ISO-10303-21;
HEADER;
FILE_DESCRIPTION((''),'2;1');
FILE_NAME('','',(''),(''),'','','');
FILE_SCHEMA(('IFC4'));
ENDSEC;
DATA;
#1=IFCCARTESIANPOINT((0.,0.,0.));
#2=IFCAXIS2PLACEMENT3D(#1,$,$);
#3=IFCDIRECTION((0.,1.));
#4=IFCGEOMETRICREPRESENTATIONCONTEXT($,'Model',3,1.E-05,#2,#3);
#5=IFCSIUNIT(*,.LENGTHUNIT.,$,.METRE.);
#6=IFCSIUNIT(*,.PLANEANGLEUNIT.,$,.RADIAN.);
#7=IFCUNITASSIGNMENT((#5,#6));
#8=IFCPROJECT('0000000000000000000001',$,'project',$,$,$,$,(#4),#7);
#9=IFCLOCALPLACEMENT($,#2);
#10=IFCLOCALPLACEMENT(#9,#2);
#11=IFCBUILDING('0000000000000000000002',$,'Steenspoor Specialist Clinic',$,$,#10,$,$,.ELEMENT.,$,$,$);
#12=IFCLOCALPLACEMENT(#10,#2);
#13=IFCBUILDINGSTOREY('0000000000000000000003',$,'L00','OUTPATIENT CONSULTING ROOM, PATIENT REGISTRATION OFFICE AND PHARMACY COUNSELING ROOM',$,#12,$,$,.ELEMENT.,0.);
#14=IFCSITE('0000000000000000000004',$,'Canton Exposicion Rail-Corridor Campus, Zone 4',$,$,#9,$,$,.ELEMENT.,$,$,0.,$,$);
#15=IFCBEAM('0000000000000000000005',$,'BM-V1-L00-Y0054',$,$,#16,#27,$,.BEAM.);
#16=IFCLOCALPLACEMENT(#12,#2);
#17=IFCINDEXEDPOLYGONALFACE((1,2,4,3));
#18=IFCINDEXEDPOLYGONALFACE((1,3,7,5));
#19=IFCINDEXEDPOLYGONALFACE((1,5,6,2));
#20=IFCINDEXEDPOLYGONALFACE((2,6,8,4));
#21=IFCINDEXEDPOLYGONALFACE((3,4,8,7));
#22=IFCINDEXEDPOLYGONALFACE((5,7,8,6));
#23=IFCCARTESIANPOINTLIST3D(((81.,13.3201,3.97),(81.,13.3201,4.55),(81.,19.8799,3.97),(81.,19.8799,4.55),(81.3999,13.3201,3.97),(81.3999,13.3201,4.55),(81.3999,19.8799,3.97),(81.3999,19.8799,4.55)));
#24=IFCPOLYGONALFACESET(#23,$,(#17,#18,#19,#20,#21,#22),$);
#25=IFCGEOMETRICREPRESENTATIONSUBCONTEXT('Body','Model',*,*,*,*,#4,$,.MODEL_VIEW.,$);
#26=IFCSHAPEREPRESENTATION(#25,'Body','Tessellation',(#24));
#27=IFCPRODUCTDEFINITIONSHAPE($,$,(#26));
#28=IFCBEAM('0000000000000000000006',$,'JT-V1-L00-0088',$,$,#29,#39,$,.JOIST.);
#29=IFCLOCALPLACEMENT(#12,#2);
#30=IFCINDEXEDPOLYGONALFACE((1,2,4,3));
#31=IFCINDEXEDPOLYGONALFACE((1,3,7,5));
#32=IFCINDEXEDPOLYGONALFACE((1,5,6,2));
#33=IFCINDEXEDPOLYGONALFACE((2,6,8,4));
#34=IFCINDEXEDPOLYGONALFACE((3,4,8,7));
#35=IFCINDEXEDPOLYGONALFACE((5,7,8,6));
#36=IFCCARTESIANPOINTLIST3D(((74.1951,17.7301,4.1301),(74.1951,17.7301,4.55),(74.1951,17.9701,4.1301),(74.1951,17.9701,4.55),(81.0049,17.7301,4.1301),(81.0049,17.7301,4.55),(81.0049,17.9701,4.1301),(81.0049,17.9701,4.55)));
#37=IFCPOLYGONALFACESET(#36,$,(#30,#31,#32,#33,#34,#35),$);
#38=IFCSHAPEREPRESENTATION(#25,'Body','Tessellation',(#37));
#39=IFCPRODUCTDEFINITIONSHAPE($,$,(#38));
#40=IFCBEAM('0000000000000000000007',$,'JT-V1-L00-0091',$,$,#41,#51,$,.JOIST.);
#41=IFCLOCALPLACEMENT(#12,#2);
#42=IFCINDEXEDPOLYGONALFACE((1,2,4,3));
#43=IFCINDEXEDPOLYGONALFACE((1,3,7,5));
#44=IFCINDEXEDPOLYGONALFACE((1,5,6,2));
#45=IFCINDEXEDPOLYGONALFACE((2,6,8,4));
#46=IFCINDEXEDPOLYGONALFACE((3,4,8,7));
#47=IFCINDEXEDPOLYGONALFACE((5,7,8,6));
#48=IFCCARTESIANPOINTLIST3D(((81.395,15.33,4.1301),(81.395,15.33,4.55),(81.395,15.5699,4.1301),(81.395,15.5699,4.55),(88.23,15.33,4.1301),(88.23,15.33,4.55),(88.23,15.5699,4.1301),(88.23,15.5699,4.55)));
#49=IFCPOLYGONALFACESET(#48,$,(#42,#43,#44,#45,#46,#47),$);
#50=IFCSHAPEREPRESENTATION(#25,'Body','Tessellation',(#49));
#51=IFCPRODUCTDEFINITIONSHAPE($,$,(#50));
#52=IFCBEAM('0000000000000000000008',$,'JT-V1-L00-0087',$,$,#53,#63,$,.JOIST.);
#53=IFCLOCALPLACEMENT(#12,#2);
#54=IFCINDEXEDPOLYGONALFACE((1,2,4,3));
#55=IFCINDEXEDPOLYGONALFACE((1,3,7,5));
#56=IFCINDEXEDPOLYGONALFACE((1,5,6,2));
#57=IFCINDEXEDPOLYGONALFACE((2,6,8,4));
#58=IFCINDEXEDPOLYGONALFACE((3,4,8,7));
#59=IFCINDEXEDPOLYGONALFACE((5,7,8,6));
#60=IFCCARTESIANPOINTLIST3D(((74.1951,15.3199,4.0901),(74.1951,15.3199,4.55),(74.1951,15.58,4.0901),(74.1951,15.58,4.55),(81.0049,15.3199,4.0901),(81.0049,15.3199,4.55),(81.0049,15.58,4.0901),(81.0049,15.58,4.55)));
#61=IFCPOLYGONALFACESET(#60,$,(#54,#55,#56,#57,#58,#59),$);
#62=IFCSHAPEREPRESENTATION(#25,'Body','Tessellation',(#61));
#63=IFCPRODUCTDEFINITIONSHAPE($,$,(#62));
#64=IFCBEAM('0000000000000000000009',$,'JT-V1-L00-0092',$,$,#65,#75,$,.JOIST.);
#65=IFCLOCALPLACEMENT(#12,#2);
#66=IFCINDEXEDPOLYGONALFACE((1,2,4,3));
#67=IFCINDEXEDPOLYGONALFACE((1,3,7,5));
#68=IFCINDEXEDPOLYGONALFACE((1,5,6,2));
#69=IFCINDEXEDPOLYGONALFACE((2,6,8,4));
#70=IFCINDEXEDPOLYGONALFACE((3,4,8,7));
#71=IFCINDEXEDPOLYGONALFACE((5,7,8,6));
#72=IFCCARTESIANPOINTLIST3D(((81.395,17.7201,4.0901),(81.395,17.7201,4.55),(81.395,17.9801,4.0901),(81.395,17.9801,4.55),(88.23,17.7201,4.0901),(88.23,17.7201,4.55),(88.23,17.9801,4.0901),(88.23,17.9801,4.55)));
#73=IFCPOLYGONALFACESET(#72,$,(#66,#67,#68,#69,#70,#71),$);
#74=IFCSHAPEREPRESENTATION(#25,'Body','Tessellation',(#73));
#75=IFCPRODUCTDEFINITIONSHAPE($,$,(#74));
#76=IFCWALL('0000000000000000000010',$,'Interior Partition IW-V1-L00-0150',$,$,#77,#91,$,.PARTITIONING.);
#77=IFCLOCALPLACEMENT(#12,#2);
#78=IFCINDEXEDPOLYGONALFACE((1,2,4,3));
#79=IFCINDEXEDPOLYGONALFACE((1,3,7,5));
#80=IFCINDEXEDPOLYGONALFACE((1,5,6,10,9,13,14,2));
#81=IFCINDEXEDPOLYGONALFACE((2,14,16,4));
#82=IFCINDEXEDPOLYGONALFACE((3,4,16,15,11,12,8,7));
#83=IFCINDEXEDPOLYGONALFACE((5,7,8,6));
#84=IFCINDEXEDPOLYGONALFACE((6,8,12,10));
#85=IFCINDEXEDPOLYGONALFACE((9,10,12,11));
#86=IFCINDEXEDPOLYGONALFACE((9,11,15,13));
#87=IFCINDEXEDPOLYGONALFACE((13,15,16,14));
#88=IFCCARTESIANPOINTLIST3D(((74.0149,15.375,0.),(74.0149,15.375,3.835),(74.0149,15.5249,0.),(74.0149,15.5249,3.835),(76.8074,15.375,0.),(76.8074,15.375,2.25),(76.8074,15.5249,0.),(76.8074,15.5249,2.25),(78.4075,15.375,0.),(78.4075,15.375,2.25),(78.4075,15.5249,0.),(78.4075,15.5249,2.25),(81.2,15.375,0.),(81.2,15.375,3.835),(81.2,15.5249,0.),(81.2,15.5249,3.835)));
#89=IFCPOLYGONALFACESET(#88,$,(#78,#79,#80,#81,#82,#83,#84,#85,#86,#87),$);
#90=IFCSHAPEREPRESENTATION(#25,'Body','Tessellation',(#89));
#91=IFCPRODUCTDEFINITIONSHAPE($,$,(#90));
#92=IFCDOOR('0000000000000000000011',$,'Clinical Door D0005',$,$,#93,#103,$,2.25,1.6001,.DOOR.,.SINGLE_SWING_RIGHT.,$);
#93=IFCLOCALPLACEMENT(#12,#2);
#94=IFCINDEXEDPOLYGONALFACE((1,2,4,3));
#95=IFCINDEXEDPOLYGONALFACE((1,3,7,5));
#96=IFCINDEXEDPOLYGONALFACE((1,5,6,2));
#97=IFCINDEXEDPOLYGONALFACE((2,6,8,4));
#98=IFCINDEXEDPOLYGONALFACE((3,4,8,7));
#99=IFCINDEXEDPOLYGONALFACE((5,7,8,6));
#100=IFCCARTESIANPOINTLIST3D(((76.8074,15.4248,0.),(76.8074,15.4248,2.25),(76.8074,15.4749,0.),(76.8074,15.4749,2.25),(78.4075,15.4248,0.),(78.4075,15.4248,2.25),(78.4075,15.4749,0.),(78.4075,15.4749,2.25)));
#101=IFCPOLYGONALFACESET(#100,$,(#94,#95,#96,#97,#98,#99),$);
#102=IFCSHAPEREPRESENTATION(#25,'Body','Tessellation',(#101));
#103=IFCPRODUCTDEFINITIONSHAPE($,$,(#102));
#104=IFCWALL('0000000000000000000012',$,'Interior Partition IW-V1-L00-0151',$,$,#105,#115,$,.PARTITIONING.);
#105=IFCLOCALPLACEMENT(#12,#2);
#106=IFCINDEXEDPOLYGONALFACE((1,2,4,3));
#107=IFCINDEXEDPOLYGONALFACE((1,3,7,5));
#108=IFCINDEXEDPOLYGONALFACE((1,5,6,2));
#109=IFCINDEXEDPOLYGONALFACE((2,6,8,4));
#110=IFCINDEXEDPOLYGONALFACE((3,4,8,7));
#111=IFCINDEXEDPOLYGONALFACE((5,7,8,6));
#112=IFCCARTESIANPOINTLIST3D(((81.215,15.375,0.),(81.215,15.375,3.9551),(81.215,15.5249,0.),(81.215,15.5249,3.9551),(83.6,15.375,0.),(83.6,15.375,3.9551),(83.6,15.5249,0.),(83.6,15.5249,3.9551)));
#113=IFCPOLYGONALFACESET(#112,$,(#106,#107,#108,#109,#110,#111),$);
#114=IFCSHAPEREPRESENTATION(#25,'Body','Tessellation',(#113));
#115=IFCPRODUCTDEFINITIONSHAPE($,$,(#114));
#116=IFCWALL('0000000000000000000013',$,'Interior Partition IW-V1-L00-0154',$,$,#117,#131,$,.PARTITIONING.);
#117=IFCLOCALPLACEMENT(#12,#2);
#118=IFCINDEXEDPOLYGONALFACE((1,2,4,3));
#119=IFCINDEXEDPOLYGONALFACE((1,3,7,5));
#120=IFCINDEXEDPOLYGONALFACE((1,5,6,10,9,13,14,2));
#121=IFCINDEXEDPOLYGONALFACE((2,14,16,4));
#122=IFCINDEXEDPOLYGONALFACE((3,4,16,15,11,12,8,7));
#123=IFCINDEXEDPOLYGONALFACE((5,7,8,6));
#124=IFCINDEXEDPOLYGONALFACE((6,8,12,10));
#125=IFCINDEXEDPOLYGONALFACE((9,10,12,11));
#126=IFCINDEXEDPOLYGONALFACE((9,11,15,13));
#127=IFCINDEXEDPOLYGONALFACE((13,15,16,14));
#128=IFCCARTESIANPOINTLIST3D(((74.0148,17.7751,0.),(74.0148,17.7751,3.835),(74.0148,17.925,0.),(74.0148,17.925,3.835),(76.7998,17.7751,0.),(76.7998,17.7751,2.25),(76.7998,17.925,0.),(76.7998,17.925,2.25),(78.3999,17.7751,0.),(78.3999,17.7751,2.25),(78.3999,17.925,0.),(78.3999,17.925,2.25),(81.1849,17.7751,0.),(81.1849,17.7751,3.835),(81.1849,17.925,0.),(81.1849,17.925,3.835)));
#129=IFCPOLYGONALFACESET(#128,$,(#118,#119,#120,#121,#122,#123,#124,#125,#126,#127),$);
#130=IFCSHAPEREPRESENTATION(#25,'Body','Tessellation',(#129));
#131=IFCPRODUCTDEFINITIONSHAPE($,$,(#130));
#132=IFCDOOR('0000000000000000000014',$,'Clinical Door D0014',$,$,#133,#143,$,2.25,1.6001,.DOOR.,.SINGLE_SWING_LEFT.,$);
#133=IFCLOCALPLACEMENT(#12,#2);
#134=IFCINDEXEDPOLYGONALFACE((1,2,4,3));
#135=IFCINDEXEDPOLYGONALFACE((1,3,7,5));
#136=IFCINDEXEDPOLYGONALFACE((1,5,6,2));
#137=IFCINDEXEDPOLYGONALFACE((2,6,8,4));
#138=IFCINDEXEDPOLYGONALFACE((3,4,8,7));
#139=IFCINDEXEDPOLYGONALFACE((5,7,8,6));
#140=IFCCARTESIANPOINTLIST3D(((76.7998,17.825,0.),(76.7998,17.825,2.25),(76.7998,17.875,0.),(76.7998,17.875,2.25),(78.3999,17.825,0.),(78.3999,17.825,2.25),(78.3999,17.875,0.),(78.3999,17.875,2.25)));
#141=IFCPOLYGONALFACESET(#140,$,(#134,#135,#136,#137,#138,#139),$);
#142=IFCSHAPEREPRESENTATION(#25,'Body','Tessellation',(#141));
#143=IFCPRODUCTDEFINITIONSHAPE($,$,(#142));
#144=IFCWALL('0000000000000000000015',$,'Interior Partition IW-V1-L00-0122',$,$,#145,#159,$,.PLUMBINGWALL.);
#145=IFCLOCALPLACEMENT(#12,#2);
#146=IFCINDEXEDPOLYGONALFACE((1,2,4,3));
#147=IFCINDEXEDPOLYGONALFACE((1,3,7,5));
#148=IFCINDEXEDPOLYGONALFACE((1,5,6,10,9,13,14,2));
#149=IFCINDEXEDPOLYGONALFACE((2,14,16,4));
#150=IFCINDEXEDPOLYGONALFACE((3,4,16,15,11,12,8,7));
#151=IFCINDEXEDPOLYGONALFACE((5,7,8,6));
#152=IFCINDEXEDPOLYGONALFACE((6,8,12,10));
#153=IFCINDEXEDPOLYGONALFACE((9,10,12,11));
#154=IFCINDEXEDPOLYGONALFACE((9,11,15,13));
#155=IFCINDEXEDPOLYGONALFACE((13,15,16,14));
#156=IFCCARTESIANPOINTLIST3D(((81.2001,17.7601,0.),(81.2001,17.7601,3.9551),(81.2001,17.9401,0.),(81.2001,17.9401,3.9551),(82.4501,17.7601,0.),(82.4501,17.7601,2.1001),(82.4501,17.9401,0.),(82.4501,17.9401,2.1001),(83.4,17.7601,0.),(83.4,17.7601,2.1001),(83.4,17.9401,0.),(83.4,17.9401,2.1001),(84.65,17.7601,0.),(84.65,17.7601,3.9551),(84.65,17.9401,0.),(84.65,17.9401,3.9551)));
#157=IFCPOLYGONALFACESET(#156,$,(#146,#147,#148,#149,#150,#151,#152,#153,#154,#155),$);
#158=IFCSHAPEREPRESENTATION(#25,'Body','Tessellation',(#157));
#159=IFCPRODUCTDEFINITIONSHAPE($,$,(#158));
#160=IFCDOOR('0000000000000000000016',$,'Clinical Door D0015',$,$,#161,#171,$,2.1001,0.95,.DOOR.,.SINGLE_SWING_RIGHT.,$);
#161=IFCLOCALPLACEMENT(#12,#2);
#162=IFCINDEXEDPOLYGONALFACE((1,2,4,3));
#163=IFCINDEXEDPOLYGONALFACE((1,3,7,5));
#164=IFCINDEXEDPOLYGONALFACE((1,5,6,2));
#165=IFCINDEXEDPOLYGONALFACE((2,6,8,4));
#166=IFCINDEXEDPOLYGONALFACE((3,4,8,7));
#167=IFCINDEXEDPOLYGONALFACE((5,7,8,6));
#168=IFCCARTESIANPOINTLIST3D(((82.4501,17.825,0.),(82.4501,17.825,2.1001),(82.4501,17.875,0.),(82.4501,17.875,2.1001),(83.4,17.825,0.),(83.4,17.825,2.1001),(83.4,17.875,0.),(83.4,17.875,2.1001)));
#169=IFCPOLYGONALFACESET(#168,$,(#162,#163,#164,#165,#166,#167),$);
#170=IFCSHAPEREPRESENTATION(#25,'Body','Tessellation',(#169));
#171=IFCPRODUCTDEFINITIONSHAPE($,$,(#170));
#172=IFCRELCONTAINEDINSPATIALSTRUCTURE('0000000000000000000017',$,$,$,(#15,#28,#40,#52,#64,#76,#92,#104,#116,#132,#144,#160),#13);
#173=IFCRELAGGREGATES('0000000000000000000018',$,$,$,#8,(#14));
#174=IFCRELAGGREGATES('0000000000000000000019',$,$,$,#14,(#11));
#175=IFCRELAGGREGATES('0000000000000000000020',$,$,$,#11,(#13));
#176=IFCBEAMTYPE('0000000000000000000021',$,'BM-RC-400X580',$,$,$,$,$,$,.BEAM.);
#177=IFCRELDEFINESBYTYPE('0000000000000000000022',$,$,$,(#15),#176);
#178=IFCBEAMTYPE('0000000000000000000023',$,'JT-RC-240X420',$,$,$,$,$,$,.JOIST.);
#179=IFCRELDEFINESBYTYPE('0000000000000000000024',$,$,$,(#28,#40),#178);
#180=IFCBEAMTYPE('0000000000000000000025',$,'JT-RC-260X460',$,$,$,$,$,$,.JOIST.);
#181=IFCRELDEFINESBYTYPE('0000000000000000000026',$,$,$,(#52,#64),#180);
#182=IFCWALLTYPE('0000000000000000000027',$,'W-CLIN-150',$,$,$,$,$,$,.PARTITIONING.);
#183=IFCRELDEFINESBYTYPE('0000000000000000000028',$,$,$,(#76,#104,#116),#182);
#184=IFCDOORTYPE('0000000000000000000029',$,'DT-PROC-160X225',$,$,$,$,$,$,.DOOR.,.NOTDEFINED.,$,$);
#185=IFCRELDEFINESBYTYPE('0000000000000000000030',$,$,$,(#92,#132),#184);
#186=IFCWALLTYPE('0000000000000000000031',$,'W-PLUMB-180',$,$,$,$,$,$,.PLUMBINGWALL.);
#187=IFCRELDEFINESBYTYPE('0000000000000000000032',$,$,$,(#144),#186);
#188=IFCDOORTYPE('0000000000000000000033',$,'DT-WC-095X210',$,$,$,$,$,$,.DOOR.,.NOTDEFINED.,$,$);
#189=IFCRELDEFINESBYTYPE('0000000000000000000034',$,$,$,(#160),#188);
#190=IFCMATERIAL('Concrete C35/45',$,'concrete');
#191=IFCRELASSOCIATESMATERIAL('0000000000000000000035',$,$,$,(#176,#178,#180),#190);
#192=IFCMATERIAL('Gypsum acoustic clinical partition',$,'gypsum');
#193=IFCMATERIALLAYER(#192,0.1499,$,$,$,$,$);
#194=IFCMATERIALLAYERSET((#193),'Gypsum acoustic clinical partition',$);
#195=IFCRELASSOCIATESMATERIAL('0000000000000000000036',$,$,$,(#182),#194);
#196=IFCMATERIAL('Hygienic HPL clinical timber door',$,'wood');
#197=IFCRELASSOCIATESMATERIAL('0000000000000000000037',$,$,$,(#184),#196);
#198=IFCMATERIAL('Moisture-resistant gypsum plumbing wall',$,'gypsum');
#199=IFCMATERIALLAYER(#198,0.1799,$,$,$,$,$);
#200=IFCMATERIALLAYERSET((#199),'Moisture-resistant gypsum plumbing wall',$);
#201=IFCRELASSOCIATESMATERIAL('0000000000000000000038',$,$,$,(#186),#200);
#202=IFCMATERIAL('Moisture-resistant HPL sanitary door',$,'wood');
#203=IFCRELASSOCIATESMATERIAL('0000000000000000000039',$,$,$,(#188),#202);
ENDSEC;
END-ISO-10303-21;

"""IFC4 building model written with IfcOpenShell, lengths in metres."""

from ifc_helpers import new_model, si_unit, direction, frame, frame_2d, origin, origin_2d, place, context, subcontext, project, spatial, rectangle, extrude, material, layer, layer_set, material_profile, profile_set, type_object, element, fill, save


model = new_model("IFC4")

# Units and contexts
model_context = context("Model", 3, precision=1e-05, world=origin(), true_north=direction((0.0, 1.0)))
body_context = subcontext(model_context, "Body", "Model", "MODEL_VIEW")
ifc_project = project(units=[si_unit("LENGTHUNIT", "METRE"), si_unit("PLANEANGLEUNIT", "RADIAN")], contexts=[model_context])

# Site, building, storey
site_placement = place(None, origin())
site = spatial("IfcSite", under=ifc_project, at=site_placement, Name="Canton Exposicion Rail-Corridor Campus, Zone 4", CompositionType="ELEMENT", RefElevation=0.0)
building_placement = place(site_placement, origin())
building = spatial("IfcBuilding", under=site, at=building_placement, Name="Steenspoor Specialist Clinic", CompositionType="ELEMENT")
storey_placement = place(building_placement, origin())
storey = spatial("IfcBuildingStorey", under=building, at=storey_placement, Name="L00", Description="OUTPATIENT CONSULTING ROOM, PATIENT REGISTRATION OFFICE AND PHARMACY COUNSELING ROOM", CompositionType="ELEMENT", Elevation=0.0)

# Shared definitions
ifc_material_1 = material(Name="Concrete C35/45", Category="concrete")

# Beams
ifc_material_profile_1 = material_profile(ifc_material_1, rectangle(XDim=0.3999, YDim=0.5801, at=origin_2d()), Name="RC-BM-400X580")
ifc_profile_set_1 = profile_set([ifc_material_profile_1], Name="Concrete C35/45")
beam_type_1 = type_object("IfcBeamType", Name="BM-RC-400X580", PredefinedType="BEAM", material=ifc_profile_set_1)
beam_1_placement = place(storey_placement, frame((81.2, 13.3201, 4.26), z_axis=(0.0, 1.0, 0.0), x_axis=(-1.0, 0.0, 0.0)))
element("IfcBeam", 1, at=beam_1_placement, inside=storey, type_object=beam_type_1, Name="BM-V1-L00-Y0054", PredefinedType="BEAM", context=body_context, shape_type="SweptSolid", body=[
    extrude(rectangle(XDim=0.3999, YDim=0.5801, at=origin_2d()), origin(), (0.0, 0.0, 1.0), 6.5598),
])
ifc_material_profile_2 = material_profile(ifc_material_1, rectangle(XDim=0.24, YDim=0.4199, at=origin_2d()), Name="RC-JT-240X420")
ifc_profile_set_2 = profile_set([ifc_material_profile_2], Name="Concrete C35/45")
beam_type_2 = type_object("IfcBeamType", Name="JT-RC-240X420", PredefinedType="JOIST", material=ifc_profile_set_2)
beam_2_placement = place(storey_placement, frame((74.1951, 17.8501, 4.3401), z_axis=(1.0, 0.0, 0.0), x_axis=(0.0, 1.0, 0.0)))
element("IfcBeam", 2, at=beam_2_placement, inside=storey, type_object=beam_type_2, Name="JT-V1-L00-0088", PredefinedType="JOIST", context=body_context, shape_type="SweptSolid", body=[
    extrude(rectangle(XDim=0.24, YDim=0.4199, at=origin_2d()), origin(), (0.0, 0.0, 1.0), 6.8098),
])
beam_3_placement = place(storey_placement, frame((81.395, 15.45, 4.3401), z_axis=(1.0, 0.0, 0.0), x_axis=(0.0, 1.0, 0.0)))
element("IfcBeam", 3, at=beam_3_placement, inside=storey, type_object=beam_type_2, Name="JT-V1-L00-0091", PredefinedType="JOIST", context=body_context, shape_type="SweptSolid", body=[
    extrude(rectangle(XDim=0.24, YDim=0.4199, at=origin_2d()), origin(), (0.0, 0.0, 1.0), 6.835),
])
ifc_material_profile_3 = material_profile(ifc_material_1, rectangle(XDim=0.26, YDim=0.46, at=origin_2d()), Name="RC-JT-260X460")
ifc_profile_set_3 = profile_set([ifc_material_profile_3], Name="Concrete C35/45")
beam_type_3 = type_object("IfcBeamType", Name="JT-RC-260X460", PredefinedType="JOIST", material=ifc_profile_set_3)
beam_4_placement = place(storey_placement, frame((74.1951, 15.45, 4.3201), z_axis=(1.0, 0.0, 0.0), x_axis=(0.0, 1.0, 0.0)))
element("IfcBeam", 4, at=beam_4_placement, inside=storey, type_object=beam_type_3, Name="JT-V1-L00-0087", PredefinedType="JOIST", context=body_context, shape_type="SweptSolid", body=[
    extrude(rectangle(XDim=0.26, YDim=0.46, at=origin_2d()), origin(), (0.0, 0.0, 1.0), 6.8098),
])
beam_5_placement = place(storey_placement, frame((81.395, 17.8501, 4.3201), z_axis=(1.0, 0.0, 0.0), x_axis=(0.0, 1.0, 0.0)))
element("IfcBeam", 5, at=beam_5_placement, inside=storey, type_object=beam_type_3, Name="JT-V1-L00-0092", PredefinedType="JOIST", context=body_context, shape_type="SweptSolid", body=[
    extrude(rectangle(XDim=0.26, YDim=0.46, at=origin_2d()), origin(), (0.0, 0.0, 1.0), 6.835),
])

# Wall, opening, door
ifc_material_2 = material(Name="Gypsum acoustic clinical partition", Category="gypsum")
ifc_layer_1 = layer(ifc_material_2, 0.1499)
ifc_layer_set_1 = layer_set([ifc_layer_1], Name="Gypsum acoustic clinical partition")
wall_type_1 = type_object("IfcWallType", Name="W-CLIN-150", PredefinedType="PARTITIONING", material=ifc_layer_set_1)
wall_1_placement = place(storey_placement, frame((74.0149, 15.45, 0.0), z_axis=(0.0, 0.0, 1.0), x_axis=(1.0, 0.0, 0.0)))
wall_1 = element("IfcWall", 6, at=wall_1_placement, inside=storey, type_object=wall_type_1, Name="Interior Partition IW-V1-L00-0150", PredefinedType="PARTITIONING", context=body_context, shape_type="SweptSolid", body=[
    extrude(rectangle(XDim=7.1851, YDim=0.1499, at=frame_2d((3.5925, 0.0))), origin(), (0.0, 0.0, 1.0), 3.835),
])
opening_1_placement = place(wall_1_placement, frame((2.7925, 0.0, 0.0)))
opening_1 = element("IfcOpeningElement", 7, at=opening_1_placement, cuts=wall_1, PredefinedType="OPENING", context=body_context, shape_type="SweptSolid", body=[
    extrude(rectangle(XDim=1.6001, YDim=2.25, at=frame_2d((0.8, 1.125))), frame((0.0, 0.085, 0.0), z_axis=(0.0, -1.0, 0.0), x_axis=(1.0, 0.0, 0.0)), (0.0, 0.0, 1.0), 0.1699),
])
ifc_material_3 = material(Name="Hygienic HPL clinical timber door", Category="wood")
door_type_1 = type_object("IfcDoorType", Name="DT-PROC-160X225", OperationType="NOTDEFINED", PredefinedType="DOOR", material=ifc_material_3)
door_1_placement = place(opening_1_placement, origin())
door_1 = element("IfcDoor", 8, at=door_1_placement, inside=storey, type_object=door_type_1, Name="Clinical Door D0005", OperationType="SINGLE_SWING_RIGHT", OverallHeight=2.25, OverallWidth=1.6001, PredefinedType="DOOR", context=body_context, shape_type="SweptSolid", body=[
    extrude(rectangle(XDim=1.6001, YDim=2.25, at=frame_2d((0.8, 1.125))), frame((0.0, 0.0249, 0.0), z_axis=(0.0, -1.0, 0.0), x_axis=(1.0, 0.0, 0.0)), (0.0, 0.0, 1.0), 0.05),
])
fill(opening_1, door_1)

# Wall
wall_2_placement = place(storey_placement, frame((81.2151, 15.45, 0.0), z_axis=(0.0, 0.0, 1.0), x_axis=(1.0, 0.0, 0.0)))
element("IfcWall", 9, at=wall_2_placement, inside=storey, type_object=wall_type_1, Name="Interior Partition IW-V1-L00-0151", PredefinedType="PARTITIONING", context=body_context, shape_type="SweptSolid", body=[
    extrude(rectangle(XDim=2.385, YDim=0.1499, at=frame_2d((1.1924, 0.0))), origin(), (0.0, 0.0, 1.0), 3.9551),
])

# Walls, openings, doors
wall_3_placement = place(storey_placement, frame((74.0149, 17.8501, 0.0), z_axis=(0.0, 0.0, 1.0), x_axis=(1.0, 0.0, 0.0)))
wall_3 = element("IfcWall", 10, at=wall_3_placement, inside=storey, type_object=wall_type_1, Name="Interior Partition IW-V1-L00-0154", PredefinedType="PARTITIONING", context=body_context, shape_type="SweptSolid", body=[
    extrude(rectangle(XDim=7.1702, YDim=0.1499, at=frame_2d((3.585, 0.0))), origin(), (0.0, 0.0, 1.0), 3.835),
])
opening_2_placement = place(wall_3_placement, frame((2.7849, 0.0, 0.0)))
opening_2 = element("IfcOpeningElement", 11, at=opening_2_placement, cuts=wall_3, PredefinedType="OPENING", context=body_context, shape_type="SweptSolid", body=[
    extrude(rectangle(XDim=1.6001, YDim=2.25, at=frame_2d((0.8, 1.125))), frame((0.0, 0.085, 0.0), z_axis=(0.0, -1.0, 0.0), x_axis=(1.0, 0.0, 0.0)), (0.0, 0.0, 1.0), 0.1699),
])
door_2_placement = place(opening_2_placement, origin())
door_2 = element("IfcDoor", 12, at=door_2_placement, inside=storey, type_object=door_type_1, Name="Clinical Door D0014", OperationType="SINGLE_SWING_LEFT", OverallHeight=2.25, OverallWidth=1.6001, PredefinedType="DOOR", context=body_context, shape_type="SweptSolid", body=[
    extrude(rectangle(XDim=1.6001, YDim=2.25, at=frame_2d((0.8, 1.125))), frame((0.0, 0.0249, 0.0), z_axis=(0.0, -1.0, 0.0), x_axis=(1.0, 0.0, 0.0)), (0.0, 0.0, 1.0), 0.05),
])
fill(opening_2, door_2)
ifc_material_4 = material(Name="Moisture-resistant gypsum plumbing wall", Category="gypsum")
ifc_layer_2 = layer(ifc_material_4, 0.1799)
ifc_layer_set_2 = layer_set([ifc_layer_2], Name="Moisture-resistant gypsum plumbing wall")
wall_type_2 = type_object("IfcWallType", Name="W-PLUMB-180", PredefinedType="PLUMBINGWALL", material=ifc_layer_set_2)
wall_4_placement = place(storey_placement, frame((81.2, 17.8501, 0.0), z_axis=(0.0, 0.0, 1.0), x_axis=(1.0, 0.0, 0.0)))
wall_4 = element("IfcWall", 13, at=wall_4_placement, inside=storey, type_object=wall_type_2, Name="Interior Partition IW-V1-L00-0122", PredefinedType="PLUMBINGWALL", context=body_context, shape_type="SweptSolid", body=[
    extrude(rectangle(XDim=3.45, YDim=0.1799, at=frame_2d((1.7251, 0.0))), origin(), (0.0, 0.0, 1.0), 3.9551),
])
opening_3_placement = place(wall_4_placement, frame((1.25, 0.0, 0.0)))
opening_3 = element("IfcOpeningElement", 14, at=opening_3_placement, cuts=wall_4, PredefinedType="OPENING", context=body_context, shape_type="SweptSolid", body=[
    extrude(rectangle(XDim=0.95, YDim=2.1001, at=frame_2d((0.4751, 1.05))), frame((0.0, 0.1001, 0.0), z_axis=(0.0, -1.0, 0.0), x_axis=(1.0, 0.0, 0.0)), (0.0, 0.0, 1.0), 0.2),
])
ifc_material_5 = material(Name="Moisture-resistant HPL sanitary door", Category="wood")
door_type_2 = type_object("IfcDoorType", Name="DT-WC-095X210", OperationType="NOTDEFINED", PredefinedType="DOOR", material=ifc_material_5)
door_3_placement = place(opening_3_placement, origin())
door_3 = element("IfcDoor", 15, at=door_3_placement, inside=storey, type_object=door_type_2, Name="Clinical Door D0015", OperationType="SINGLE_SWING_RIGHT", OverallHeight=2.1001, OverallWidth=0.95, PredefinedType="DOOR", context=body_context, shape_type="SweptSolid", body=[
    extrude(rectangle(XDim=0.95, YDim=2.1001, at=frame_2d((0.4751, 1.05))), frame((0.0, 0.0249, 0.0), z_axis=(0.0, -1.0, 0.0), x_axis=(1.0, 0.0, 0.0)), (0.0, 0.0, 1.0), 0.05),
])
fill(opening_3, door_3)

save(model, "model.ifc")
